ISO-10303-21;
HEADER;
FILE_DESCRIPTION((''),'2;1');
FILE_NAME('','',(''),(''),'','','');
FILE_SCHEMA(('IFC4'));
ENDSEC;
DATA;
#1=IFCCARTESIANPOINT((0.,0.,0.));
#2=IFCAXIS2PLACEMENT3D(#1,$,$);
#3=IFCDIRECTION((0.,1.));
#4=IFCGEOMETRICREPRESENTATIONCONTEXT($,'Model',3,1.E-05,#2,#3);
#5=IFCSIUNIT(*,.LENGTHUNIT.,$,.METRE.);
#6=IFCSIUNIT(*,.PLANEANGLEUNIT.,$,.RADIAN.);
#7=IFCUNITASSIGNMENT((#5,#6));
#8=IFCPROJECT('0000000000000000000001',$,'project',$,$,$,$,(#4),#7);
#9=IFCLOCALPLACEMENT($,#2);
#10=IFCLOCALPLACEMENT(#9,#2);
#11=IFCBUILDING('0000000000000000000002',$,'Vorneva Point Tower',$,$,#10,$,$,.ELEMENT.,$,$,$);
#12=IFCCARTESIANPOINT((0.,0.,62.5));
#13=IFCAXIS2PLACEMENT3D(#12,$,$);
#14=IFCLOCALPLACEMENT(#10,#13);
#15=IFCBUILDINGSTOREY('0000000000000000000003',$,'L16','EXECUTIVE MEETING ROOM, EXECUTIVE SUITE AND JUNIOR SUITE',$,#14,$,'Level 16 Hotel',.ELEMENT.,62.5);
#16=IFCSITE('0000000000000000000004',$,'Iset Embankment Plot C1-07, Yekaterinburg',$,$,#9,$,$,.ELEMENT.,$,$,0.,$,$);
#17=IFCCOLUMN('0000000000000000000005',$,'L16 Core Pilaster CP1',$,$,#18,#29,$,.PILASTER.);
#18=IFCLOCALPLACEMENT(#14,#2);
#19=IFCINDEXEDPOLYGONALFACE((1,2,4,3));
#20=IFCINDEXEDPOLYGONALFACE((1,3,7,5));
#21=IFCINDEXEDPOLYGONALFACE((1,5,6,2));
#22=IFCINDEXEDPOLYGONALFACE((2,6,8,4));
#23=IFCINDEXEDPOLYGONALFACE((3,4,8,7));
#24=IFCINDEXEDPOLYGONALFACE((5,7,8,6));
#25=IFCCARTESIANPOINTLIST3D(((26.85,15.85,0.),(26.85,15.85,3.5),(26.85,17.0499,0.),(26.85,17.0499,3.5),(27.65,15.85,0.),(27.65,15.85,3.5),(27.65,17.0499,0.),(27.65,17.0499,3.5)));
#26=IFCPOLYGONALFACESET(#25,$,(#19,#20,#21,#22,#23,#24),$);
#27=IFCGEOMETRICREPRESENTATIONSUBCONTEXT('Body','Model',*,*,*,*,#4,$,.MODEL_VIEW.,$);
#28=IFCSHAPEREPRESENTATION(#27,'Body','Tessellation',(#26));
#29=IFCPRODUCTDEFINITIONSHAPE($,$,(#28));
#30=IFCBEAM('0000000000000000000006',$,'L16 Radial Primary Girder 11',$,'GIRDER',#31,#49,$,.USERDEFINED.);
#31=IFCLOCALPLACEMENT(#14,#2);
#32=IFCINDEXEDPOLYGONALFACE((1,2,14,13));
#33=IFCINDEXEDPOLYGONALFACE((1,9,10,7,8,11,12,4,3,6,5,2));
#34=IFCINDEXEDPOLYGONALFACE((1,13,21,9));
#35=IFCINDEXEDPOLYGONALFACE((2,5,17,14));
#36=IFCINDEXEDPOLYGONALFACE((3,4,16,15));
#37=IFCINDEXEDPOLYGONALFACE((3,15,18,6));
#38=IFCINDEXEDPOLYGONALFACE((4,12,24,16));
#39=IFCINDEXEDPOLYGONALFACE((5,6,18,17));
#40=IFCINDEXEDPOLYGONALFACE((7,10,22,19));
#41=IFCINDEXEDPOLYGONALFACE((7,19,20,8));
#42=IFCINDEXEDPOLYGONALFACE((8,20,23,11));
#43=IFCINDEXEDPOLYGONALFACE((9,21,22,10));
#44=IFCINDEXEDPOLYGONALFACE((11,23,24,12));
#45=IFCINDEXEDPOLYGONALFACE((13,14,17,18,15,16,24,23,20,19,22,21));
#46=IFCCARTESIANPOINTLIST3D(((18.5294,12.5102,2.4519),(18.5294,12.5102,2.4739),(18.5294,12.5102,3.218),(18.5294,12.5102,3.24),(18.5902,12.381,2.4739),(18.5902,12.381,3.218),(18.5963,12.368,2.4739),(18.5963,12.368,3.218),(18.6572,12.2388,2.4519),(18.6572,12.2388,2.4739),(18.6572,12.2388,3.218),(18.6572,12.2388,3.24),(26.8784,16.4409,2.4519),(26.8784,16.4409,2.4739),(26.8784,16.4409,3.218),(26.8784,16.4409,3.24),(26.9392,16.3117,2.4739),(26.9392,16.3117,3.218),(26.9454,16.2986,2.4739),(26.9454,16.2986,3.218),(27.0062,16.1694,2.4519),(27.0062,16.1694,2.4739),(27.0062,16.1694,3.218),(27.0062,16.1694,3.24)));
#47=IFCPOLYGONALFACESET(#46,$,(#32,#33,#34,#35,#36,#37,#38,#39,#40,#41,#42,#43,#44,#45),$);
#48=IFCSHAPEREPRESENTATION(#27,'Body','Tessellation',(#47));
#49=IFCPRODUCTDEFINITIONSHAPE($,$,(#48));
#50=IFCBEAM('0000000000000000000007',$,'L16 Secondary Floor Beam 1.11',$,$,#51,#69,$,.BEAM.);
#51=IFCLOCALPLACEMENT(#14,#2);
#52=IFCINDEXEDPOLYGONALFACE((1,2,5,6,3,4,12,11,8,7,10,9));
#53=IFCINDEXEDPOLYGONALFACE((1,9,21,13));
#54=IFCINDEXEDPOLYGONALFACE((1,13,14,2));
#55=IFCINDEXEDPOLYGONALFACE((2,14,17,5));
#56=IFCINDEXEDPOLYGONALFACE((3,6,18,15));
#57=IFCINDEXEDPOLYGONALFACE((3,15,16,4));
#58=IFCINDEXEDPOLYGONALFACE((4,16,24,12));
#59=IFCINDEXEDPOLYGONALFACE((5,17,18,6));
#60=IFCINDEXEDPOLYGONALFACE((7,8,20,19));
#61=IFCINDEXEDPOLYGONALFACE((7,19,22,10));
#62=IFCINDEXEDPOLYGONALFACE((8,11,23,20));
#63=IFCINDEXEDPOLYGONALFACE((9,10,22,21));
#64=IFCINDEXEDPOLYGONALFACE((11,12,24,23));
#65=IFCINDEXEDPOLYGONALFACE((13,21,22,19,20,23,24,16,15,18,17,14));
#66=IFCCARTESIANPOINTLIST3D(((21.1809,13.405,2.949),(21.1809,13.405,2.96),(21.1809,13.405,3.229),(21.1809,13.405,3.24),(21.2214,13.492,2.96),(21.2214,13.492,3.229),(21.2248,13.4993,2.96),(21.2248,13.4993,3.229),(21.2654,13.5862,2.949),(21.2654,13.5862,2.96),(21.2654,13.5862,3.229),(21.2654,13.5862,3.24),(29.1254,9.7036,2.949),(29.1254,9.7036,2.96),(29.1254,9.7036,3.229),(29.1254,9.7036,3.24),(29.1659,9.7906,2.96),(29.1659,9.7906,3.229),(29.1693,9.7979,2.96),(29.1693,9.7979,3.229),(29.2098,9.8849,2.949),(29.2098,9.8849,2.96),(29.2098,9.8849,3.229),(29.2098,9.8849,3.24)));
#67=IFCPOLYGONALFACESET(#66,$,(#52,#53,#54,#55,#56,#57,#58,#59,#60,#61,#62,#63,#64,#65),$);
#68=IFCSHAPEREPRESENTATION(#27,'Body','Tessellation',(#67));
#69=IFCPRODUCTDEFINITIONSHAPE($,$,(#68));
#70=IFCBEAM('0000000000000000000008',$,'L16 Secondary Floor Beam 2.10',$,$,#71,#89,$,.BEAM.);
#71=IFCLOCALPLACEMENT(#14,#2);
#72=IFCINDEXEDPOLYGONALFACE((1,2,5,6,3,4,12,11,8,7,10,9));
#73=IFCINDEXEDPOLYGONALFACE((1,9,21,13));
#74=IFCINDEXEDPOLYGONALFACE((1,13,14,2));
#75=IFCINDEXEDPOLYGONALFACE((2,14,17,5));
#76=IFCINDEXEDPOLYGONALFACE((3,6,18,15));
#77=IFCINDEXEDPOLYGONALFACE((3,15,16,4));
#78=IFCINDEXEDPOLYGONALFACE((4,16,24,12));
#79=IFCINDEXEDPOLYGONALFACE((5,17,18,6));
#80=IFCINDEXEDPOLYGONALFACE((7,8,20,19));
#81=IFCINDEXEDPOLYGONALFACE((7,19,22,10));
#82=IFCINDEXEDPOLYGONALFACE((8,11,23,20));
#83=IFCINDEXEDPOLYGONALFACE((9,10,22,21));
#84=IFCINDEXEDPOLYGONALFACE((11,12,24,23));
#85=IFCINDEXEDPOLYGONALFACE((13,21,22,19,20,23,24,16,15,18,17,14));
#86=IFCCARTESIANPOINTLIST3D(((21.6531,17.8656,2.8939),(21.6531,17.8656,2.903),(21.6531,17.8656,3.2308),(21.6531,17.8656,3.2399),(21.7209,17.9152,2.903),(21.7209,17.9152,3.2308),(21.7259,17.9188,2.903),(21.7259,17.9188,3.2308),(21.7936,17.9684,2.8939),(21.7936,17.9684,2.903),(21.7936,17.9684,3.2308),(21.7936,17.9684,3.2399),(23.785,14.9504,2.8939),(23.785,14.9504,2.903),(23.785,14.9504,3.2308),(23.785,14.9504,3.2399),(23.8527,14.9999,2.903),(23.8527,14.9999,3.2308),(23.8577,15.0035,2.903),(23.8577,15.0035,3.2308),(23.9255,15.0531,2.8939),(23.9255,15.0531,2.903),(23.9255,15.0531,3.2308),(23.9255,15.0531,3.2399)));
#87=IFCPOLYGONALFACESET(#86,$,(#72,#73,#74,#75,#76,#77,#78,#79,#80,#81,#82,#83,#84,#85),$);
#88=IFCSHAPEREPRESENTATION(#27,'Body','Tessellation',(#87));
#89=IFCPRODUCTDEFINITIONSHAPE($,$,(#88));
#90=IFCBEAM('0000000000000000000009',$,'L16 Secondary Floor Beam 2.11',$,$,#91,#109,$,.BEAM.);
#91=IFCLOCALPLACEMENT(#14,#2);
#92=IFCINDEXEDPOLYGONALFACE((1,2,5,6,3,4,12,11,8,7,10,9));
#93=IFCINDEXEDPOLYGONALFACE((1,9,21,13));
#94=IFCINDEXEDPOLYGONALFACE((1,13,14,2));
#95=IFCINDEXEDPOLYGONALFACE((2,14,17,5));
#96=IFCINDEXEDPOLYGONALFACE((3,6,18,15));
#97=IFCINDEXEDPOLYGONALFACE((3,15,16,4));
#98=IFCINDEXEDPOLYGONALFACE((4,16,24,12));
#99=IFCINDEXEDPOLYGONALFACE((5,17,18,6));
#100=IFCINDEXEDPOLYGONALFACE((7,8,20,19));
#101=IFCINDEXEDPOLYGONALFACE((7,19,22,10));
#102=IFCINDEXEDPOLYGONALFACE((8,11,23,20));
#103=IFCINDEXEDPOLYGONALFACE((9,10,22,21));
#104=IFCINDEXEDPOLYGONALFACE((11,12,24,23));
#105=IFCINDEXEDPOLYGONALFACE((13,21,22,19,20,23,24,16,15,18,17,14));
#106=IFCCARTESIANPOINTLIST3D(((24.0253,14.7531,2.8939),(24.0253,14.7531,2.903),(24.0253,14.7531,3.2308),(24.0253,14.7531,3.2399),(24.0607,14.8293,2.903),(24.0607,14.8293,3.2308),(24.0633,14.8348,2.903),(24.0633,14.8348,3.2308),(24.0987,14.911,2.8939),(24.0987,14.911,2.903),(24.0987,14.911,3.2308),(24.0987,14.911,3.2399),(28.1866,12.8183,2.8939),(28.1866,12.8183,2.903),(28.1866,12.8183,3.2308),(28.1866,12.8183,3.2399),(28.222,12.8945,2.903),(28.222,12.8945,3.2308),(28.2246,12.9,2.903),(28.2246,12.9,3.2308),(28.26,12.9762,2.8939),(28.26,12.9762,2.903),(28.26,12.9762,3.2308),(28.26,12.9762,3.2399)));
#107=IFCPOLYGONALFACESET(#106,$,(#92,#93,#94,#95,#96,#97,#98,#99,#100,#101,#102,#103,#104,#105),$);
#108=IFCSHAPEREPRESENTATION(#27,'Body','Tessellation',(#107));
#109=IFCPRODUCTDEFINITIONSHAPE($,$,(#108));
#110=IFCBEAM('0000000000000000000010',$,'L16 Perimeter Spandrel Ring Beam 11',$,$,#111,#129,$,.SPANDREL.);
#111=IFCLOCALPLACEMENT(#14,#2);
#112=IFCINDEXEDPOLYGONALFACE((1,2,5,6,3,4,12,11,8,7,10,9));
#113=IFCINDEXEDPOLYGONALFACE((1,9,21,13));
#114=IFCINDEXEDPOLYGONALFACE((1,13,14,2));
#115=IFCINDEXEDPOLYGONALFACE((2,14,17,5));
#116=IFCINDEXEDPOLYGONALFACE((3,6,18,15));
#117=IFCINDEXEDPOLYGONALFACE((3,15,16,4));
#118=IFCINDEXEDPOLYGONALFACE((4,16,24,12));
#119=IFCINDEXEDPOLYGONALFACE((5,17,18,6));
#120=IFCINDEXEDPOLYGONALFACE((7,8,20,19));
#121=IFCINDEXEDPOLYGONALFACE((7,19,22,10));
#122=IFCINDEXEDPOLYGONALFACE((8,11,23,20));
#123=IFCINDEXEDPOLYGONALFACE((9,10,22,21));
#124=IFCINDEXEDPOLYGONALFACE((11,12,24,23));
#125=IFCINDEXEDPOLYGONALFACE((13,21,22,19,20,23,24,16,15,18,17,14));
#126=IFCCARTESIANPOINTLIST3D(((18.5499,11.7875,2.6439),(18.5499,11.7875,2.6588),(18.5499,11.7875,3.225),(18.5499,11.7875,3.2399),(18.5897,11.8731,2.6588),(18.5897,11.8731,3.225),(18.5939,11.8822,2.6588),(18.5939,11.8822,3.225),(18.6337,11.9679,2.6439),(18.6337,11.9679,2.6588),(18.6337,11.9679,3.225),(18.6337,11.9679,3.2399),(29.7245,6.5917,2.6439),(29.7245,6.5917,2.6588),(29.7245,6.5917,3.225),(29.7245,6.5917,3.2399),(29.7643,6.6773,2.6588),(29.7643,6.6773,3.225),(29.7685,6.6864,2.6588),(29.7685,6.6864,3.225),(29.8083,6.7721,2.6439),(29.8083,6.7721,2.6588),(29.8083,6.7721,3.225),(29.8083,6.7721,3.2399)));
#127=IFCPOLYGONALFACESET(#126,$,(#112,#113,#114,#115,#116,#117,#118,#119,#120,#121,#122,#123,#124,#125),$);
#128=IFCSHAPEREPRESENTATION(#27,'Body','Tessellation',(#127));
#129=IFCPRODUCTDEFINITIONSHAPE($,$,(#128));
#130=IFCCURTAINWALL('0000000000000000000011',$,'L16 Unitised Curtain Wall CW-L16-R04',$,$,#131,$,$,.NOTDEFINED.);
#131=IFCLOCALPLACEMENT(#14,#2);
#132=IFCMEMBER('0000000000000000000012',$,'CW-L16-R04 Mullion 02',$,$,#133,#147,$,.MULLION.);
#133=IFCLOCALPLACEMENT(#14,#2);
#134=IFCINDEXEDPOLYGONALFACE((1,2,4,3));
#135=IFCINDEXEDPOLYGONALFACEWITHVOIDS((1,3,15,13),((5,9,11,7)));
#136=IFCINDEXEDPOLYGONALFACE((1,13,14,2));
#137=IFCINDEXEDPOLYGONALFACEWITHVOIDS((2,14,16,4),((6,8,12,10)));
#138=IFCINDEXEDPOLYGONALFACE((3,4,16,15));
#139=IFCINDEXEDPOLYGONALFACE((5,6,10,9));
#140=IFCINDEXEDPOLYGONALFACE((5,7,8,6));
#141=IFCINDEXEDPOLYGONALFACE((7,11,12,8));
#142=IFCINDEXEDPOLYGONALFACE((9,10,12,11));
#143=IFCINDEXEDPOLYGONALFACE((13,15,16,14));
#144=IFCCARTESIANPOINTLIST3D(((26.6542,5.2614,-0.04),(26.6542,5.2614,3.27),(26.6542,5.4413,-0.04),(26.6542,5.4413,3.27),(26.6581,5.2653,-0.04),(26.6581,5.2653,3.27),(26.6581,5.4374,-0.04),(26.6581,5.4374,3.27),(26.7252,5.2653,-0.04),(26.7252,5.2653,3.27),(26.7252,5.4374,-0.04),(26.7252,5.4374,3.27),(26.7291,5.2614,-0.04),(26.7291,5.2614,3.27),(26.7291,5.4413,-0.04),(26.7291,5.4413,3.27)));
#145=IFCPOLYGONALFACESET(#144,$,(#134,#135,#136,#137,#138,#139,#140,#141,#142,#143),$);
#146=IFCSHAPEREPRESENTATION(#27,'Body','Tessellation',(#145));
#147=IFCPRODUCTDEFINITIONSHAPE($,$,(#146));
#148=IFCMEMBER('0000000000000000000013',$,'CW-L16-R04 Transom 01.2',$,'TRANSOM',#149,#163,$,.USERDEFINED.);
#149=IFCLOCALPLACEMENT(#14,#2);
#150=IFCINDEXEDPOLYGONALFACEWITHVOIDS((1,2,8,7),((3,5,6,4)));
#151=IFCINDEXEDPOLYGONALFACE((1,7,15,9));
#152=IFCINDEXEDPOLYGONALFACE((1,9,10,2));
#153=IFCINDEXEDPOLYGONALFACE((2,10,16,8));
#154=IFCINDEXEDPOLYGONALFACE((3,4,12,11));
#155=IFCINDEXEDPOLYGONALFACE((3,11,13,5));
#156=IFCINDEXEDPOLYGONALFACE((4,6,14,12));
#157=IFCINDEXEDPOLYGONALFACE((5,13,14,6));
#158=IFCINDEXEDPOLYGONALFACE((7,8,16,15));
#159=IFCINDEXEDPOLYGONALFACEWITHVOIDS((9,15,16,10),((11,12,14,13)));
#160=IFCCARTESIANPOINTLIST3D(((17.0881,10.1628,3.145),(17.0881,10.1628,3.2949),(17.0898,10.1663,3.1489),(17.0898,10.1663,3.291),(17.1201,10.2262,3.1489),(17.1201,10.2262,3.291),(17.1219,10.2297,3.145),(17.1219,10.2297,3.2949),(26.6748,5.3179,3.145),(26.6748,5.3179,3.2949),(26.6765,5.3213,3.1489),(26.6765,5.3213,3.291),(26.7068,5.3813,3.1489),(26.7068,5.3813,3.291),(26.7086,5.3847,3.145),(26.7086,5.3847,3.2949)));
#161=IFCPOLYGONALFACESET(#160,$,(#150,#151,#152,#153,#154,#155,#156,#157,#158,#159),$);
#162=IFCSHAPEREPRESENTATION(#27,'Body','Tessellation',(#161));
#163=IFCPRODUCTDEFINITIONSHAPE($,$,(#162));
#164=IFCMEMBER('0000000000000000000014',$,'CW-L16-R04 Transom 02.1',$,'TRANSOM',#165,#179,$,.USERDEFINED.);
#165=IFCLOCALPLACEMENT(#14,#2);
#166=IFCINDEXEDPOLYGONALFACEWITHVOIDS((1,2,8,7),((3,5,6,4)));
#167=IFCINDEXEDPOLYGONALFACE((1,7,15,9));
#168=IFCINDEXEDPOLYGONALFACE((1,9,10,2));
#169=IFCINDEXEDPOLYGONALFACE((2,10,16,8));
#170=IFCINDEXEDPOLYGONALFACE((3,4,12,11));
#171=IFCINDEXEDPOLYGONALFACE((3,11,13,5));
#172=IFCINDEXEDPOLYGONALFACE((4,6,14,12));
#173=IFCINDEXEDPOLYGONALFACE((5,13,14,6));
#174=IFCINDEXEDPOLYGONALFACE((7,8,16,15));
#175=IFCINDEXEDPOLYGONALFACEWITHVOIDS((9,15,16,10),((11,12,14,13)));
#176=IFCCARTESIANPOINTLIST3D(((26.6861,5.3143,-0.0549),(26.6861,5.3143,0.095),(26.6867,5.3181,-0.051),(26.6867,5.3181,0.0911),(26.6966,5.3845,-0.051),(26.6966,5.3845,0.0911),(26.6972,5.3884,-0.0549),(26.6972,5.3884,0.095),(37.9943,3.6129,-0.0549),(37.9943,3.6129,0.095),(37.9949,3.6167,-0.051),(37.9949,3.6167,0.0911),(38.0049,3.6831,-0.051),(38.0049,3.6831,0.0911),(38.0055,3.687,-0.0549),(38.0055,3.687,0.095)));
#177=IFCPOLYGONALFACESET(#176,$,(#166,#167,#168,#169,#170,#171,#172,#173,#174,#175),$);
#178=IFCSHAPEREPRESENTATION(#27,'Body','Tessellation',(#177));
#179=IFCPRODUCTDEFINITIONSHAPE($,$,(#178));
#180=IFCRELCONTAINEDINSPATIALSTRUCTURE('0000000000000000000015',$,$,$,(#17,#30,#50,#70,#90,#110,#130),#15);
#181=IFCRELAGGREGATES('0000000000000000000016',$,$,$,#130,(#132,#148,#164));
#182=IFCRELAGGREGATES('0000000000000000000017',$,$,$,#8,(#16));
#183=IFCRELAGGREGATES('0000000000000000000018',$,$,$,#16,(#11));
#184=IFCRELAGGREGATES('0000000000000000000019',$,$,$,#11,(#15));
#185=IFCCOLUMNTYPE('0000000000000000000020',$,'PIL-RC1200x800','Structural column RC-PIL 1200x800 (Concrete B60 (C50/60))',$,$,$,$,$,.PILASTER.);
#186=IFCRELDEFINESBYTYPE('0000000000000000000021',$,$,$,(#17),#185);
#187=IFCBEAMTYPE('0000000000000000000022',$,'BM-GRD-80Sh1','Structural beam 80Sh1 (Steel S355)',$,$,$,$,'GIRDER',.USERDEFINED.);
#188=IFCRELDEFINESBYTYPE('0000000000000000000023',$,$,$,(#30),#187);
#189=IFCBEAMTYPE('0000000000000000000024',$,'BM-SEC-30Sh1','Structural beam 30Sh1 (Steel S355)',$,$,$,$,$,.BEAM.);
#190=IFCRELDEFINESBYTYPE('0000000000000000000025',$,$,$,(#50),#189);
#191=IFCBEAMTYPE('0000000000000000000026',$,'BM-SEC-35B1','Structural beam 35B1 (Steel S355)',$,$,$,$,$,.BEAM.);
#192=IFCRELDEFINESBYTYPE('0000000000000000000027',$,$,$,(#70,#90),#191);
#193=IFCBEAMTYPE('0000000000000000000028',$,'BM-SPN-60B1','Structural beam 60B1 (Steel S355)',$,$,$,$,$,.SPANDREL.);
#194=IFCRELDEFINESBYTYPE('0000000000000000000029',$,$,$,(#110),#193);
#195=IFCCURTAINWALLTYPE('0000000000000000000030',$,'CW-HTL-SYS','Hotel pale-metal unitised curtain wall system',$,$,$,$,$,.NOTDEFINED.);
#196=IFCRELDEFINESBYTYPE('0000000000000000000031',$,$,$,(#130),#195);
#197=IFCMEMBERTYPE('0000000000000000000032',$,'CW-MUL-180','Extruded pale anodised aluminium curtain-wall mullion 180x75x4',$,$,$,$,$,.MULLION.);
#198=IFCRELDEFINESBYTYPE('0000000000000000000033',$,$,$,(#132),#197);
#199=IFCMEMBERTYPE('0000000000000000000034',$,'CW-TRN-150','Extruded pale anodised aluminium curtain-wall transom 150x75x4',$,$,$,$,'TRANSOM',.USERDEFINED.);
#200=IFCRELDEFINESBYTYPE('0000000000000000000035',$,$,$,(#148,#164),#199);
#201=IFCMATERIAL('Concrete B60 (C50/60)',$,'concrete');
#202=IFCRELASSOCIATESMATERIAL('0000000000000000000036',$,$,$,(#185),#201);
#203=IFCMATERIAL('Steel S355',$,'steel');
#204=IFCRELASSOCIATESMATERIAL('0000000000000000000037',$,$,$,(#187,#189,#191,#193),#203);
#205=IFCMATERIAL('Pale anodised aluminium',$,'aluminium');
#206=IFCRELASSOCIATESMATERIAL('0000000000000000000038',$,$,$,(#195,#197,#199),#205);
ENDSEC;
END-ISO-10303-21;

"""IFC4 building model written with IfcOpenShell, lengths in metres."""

from ifc_helpers import new_model, si_unit, direction, frame, origin, origin_2d, place, context, subcontext, project, spatial, rectangle, hollow_rectangle, i_section, extrude, material, material_profile, profile_set, type_object, element, aggregate, save


model = new_model("IFC4")

# Units and contexts
model_context = context("Model", 3, precision=1e-05, world=origin(), true_north=direction((0.0, 1.0)))
body_context = subcontext(model_context, "Body", "Model", "MODEL_VIEW")
ifc_project = project(units=[si_unit("LENGTHUNIT", "METRE"), si_unit("PLANEANGLEUNIT", "RADIAN")], contexts=[model_context])

# Site, building, storey
site_placement = place(None, origin())
site = spatial("IfcSite", under=ifc_project, at=site_placement, Name="Iset Embankment Plot C1-07, Yekaterinburg", CompositionType="ELEMENT", RefElevation=0.0)
building_placement = place(site_placement, origin())
building = spatial("IfcBuilding", under=site, at=building_placement, Name="Vorneva Point Tower", CompositionType="ELEMENT")
storey_placement = place(building_placement, frame((0.0, 0.0, 62.5)))
storey = spatial("IfcBuildingStorey", under=building, at=storey_placement, Name="L16", Description="EXECUTIVE MEETING ROOM, EXECUTIVE SUITE AND JUNIOR SUITE", LongName="Level 16 Hotel", CompositionType="ELEMENT", Elevation=62.5)

# Column
ifc_material_1 = material(Name="Concrete B60 (C50/60)", Category="concrete")
ifc_material_profile_1 = material_profile(ifc_material_1, rectangle(XDim=0.8, YDim=1.2, at=origin_2d()), Name="RC-PIL 1200x800")
ifc_profile_set_1 = profile_set([ifc_material_profile_1], Name="Concrete B60 (C50/60)")
column_type_1 = type_object("IfcColumnType", Name="PIL-RC1200x800", Description="Structural column RC-PIL 1200x800 (Concrete B60 (C50/60))", PredefinedType="PILASTER", material=ifc_profile_set_1)
column_placement = place(storey_placement, frame((27.25, 16.45, 0.0), z_axis=(0.0, 0.0, 1.0), x_axis=(1.0, 0.0, 0.0)))
element("IfcColumn", 1, at=column_placement, inside=storey, type_object=column_type_1, Name="L16 Core Pilaster CP1", PredefinedType="PILASTER", context=body_context, shape_type="SweptSolid", body=[
    extrude(rectangle(XDim=0.8, YDim=1.2, at=origin_2d()), origin(), (0.0, 0.0, 1.0), 3.5),
])

# Beams
ifc_material_2 = material(Name="Steel S355", Category="steel")
ifc_material_profile_2 = material_profile(ifc_material_2, i_section(OverallWidth=0.3, OverallDepth=0.7881, WebThickness=0.0144, FlangeThickness=0.022, at=origin_2d()), Name="80Sh1")
ifc_profile_set_2 = profile_set([ifc_material_profile_2], Name="Steel S355")
beam_type_1 = type_object("IfcBeamType", Name="BM-GRD-80Sh1", Description="Structural beam 80Sh1 (Steel S355)", ElementType="GIRDER", PredefinedType="USERDEFINED", material=ifc_profile_set_2)
beam_1_placement = place(storey_placement, frame((18.5933, 12.3745, 2.8459), z_axis=(0.904749, 0.425945, 0.0), x_axis=(-0.425945, 0.904749, 0.0)))
element("IfcBeam", 2, at=beam_1_placement, inside=storey, type_object=beam_type_1, Name="L16 Radial Primary Girder 11", ObjectType="GIRDER", PredefinedType="USERDEFINED", context=body_context, shape_type="SweptSolid", body=[
    extrude(i_section(OverallWidth=0.3, OverallDepth=0.7881, WebThickness=0.0144, FlangeThickness=0.022, at=origin_2d()), origin(), (0.0, 0.0, 1.0), 9.228),
])
ifc_material_profile_3 = material_profile(ifc_material_2, i_section(OverallWidth=0.2, OverallDepth=0.291, WebThickness=0.0081, FlangeThickness=0.011, at=origin_2d()), Name="30Sh1")
ifc_profile_set_3 = profile_set([ifc_material_profile_3], Name="Steel S355")
beam_type_2 = type_object("IfcBeamType", Name="BM-SEC-30Sh1", Description="Structural beam 30Sh1 (Steel S355)", PredefinedType="BEAM", material=ifc_profile_set_3)
beam_2_placement = place(storey_placement, frame((21.2231, 13.4956, 3.0945), z_axis=(0.906448, -0.422318, 0.0), x_axis=(0.422318, 0.906448, 0.0)))
element("IfcBeam", 3, at=beam_2_placement, inside=storey, type_object=beam_type_2, Name="L16 Secondary Floor Beam 1.11", PredefinedType="BEAM", context=body_context, shape_type="SweptSolid", body=[
    extrude(i_section(OverallWidth=0.2, OverallDepth=0.291, WebThickness=0.0081, FlangeThickness=0.011, at=origin_2d()), origin(), (0.0, 0.0, 1.0), 8.7644),
])
ifc_material_profile_4 = material_profile(ifc_material_2, i_section(OverallWidth=0.1741, OverallDepth=0.3459, WebThickness=0.0061, FlangeThickness=0.009, at=origin_2d()), Name="35B1")
ifc_profile_set_4 = profile_set([ifc_material_profile_4], Name="Steel S355")
beam_type_3 = type_object("IfcBeamType", Name="BM-SEC-35B1", Description="Structural beam 35B1 (Steel S355)", PredefinedType="BEAM", material=ifc_profile_set_4)
beam_3_placement = place(storey_placement, frame((21.7234, 17.917, 3.0669), z_axis=(0.590276, -0.807202, 0.0), x_axis=(0.807202, 0.590276, 0.0)))
element("IfcBeam", 4, at=beam_3_placement, inside=storey, type_object=beam_type_3, Name="L16 Secondary Floor Beam 2.10", PredefinedType="BEAM", context=body_context, shape_type="SweptSolid", body=[
    extrude(i_section(OverallWidth=0.1741, OverallDepth=0.3459, WebThickness=0.0061, FlangeThickness=0.009, at=origin_2d()), origin(), (0.0, 0.0, 1.0), 3.6116),
])
beam_4_placement = place(storey_placement, frame((24.062, 14.832, 3.0669), z_axis=(0.90678, -0.421604, 0.0), x_axis=(0.421604, 0.90678, 0.0)))
element("IfcBeam", 5, at=beam_4_placement, inside=storey, type_object=beam_type_3, Name="L16 Secondary Floor Beam 2.11", PredefinedType="BEAM", context=body_context, shape_type="SweptSolid", body=[
    extrude(i_section(OverallWidth=0.1741, OverallDepth=0.3459, WebThickness=0.0061, FlangeThickness=0.009, at=origin_2d()), origin(), (0.0, 0.0, 1.0), 4.5891),
])
ifc_material_profile_5 = material_profile(ifc_material_2, i_section(OverallWidth=0.199, OverallDepth=0.5959, WebThickness=0.01, FlangeThickness=0.0149, at=origin_2d()), Name="60B1")
ifc_profile_set_5 = profile_set([ifc_material_profile_5], Name="Steel S355")
beam_type_4 = type_object("IfcBeamType", Name="BM-SPN-60B1", Description="Structural beam 60B1 (Steel S355)", PredefinedType="SPANDREL", material=ifc_profile_set_5)
beam_5_placement = place(storey_placement, frame((18.5918, 11.8777, 2.9419), z_axis=(0.906773, -0.421619, 0.0), x_axis=(0.421619, 0.906773, 0.0)))
element("IfcBeam", 6, at=beam_5_placement, inside=storey, type_object=beam_type_4, Name="L16 Perimeter Spandrel Ring Beam 11", PredefinedType="SPANDREL", context=body_context, shape_type="SweptSolid", body=[
    extrude(i_section(OverallWidth=0.199, OverallDepth=0.5959, WebThickness=0.01, FlangeThickness=0.0149, at=origin_2d()), origin(), (0.0, 0.0, 1.0), 12.3235),
])

# Curtain wall, members
ifc_material_3 = material(Name="Pale anodised aluminium", Category="aluminium")
curtain_wall_type = type_object("IfcCurtainWallType", Name="CW-HTL-SYS", Description="Hotel pale-metal unitised curtain wall system", PredefinedType="NOTDEFINED", material=ifc_material_3)
curtain_wall_placement = place(storey_placement, origin())
curtain_wall = element("IfcCurtainWall", 7, at=curtain_wall_placement, inside=storey, type_object=curtain_wall_type, Name="L16 Unitised Curtain Wall CW-L16-R04", PredefinedType="NOTDEFINED")
ifc_material_profile_6 = material_profile(ifc_material_3, hollow_rectangle(XDim=0.075, YDim=0.1799, WallThickness=0.0039, at=origin_2d()), Name="AL-MUL 180x75x4")
ifc_profile_set_6 = profile_set([ifc_material_profile_6], Name="Pale anodised aluminium")
member_type_1 = type_object("IfcMemberType", Name="CW-MUL-180", Description="Extruded pale anodised aluminium curtain-wall mullion 180x75x4", PredefinedType="MULLION", material=ifc_profile_set_6)
member_1_placement = place(storey_placement, frame((26.6917, 5.3513, -0.04), z_axis=(0.0, 0.0, 1.0), x_axis=(1.0, 0.0, 0.0)))
member_1 = element("IfcMember", 8, at=member_1_placement, type_object=member_type_1, Name="CW-L16-R04 Mullion 02", PredefinedType="MULLION", context=body_context, shape_type="SweptSolid", body=[
    extrude(hollow_rectangle(XDim=0.075, YDim=0.1799, WallThickness=0.0039, at=origin_2d()), origin(), (0.0, 0.0, 1.0), 3.3101),
])
ifc_material_profile_7 = material_profile(ifc_material_3, hollow_rectangle(XDim=0.075, YDim=0.1499, WallThickness=0.0039, at=origin_2d()), Name="AL-TRN 150x75x4")
ifc_profile_set_7 = profile_set([ifc_material_profile_7], Name="Pale anodised aluminium")
member_type_2 = type_object("IfcMemberType", Name="CW-TRN-150", Description="Extruded pale anodised aluminium curtain-wall transom 150x75x4", ElementType="TRANSOM", PredefinedType="USERDEFINED", material=ifc_profile_set_7)
member_2_placement = place(storey_placement, frame((17.105, 10.1963, 3.22), z_axis=(0.892496, -0.451055, 0.0), x_axis=(0.451055, 0.892496, 0.0)))
member_2 = element("IfcMember", 9, at=member_2_placement, type_object=member_type_2, Name="CW-L16-R04 Transom 01.2", ObjectType="TRANSOM", PredefinedType="USERDEFINED", context=body_context, shape_type="SweptSolid", body=[
    extrude(hollow_rectangle(XDim=0.075, YDim=0.1499, WallThickness=0.0039, at=origin_2d()), origin(), (0.0, 0.0, 1.0), 10.7415),
])
member_3_placement = place(storey_placement, frame((26.6917, 5.3513, 0.02), z_axis=(0.98887, -0.148782, 0.0), x_axis=(0.148782, 0.98887, 0.0)))
member_3 = element("IfcMember", 10, at=member_3_placement, type_object=member_type_2, Name="CW-L16-R04 Transom 02.1", ObjectType="TRANSOM", PredefinedType="USERDEFINED", context=body_context, shape_type="SweptSolid", body=[
    extrude(hollow_rectangle(XDim=0.075, YDim=0.1499, WallThickness=0.0039, at=origin_2d()), origin(), (0.0, 0.0, 1.0), 11.4355),
])
aggregate(curtain_wall, [member_1, member_2, member_3])

save(model, "model.ifc")
